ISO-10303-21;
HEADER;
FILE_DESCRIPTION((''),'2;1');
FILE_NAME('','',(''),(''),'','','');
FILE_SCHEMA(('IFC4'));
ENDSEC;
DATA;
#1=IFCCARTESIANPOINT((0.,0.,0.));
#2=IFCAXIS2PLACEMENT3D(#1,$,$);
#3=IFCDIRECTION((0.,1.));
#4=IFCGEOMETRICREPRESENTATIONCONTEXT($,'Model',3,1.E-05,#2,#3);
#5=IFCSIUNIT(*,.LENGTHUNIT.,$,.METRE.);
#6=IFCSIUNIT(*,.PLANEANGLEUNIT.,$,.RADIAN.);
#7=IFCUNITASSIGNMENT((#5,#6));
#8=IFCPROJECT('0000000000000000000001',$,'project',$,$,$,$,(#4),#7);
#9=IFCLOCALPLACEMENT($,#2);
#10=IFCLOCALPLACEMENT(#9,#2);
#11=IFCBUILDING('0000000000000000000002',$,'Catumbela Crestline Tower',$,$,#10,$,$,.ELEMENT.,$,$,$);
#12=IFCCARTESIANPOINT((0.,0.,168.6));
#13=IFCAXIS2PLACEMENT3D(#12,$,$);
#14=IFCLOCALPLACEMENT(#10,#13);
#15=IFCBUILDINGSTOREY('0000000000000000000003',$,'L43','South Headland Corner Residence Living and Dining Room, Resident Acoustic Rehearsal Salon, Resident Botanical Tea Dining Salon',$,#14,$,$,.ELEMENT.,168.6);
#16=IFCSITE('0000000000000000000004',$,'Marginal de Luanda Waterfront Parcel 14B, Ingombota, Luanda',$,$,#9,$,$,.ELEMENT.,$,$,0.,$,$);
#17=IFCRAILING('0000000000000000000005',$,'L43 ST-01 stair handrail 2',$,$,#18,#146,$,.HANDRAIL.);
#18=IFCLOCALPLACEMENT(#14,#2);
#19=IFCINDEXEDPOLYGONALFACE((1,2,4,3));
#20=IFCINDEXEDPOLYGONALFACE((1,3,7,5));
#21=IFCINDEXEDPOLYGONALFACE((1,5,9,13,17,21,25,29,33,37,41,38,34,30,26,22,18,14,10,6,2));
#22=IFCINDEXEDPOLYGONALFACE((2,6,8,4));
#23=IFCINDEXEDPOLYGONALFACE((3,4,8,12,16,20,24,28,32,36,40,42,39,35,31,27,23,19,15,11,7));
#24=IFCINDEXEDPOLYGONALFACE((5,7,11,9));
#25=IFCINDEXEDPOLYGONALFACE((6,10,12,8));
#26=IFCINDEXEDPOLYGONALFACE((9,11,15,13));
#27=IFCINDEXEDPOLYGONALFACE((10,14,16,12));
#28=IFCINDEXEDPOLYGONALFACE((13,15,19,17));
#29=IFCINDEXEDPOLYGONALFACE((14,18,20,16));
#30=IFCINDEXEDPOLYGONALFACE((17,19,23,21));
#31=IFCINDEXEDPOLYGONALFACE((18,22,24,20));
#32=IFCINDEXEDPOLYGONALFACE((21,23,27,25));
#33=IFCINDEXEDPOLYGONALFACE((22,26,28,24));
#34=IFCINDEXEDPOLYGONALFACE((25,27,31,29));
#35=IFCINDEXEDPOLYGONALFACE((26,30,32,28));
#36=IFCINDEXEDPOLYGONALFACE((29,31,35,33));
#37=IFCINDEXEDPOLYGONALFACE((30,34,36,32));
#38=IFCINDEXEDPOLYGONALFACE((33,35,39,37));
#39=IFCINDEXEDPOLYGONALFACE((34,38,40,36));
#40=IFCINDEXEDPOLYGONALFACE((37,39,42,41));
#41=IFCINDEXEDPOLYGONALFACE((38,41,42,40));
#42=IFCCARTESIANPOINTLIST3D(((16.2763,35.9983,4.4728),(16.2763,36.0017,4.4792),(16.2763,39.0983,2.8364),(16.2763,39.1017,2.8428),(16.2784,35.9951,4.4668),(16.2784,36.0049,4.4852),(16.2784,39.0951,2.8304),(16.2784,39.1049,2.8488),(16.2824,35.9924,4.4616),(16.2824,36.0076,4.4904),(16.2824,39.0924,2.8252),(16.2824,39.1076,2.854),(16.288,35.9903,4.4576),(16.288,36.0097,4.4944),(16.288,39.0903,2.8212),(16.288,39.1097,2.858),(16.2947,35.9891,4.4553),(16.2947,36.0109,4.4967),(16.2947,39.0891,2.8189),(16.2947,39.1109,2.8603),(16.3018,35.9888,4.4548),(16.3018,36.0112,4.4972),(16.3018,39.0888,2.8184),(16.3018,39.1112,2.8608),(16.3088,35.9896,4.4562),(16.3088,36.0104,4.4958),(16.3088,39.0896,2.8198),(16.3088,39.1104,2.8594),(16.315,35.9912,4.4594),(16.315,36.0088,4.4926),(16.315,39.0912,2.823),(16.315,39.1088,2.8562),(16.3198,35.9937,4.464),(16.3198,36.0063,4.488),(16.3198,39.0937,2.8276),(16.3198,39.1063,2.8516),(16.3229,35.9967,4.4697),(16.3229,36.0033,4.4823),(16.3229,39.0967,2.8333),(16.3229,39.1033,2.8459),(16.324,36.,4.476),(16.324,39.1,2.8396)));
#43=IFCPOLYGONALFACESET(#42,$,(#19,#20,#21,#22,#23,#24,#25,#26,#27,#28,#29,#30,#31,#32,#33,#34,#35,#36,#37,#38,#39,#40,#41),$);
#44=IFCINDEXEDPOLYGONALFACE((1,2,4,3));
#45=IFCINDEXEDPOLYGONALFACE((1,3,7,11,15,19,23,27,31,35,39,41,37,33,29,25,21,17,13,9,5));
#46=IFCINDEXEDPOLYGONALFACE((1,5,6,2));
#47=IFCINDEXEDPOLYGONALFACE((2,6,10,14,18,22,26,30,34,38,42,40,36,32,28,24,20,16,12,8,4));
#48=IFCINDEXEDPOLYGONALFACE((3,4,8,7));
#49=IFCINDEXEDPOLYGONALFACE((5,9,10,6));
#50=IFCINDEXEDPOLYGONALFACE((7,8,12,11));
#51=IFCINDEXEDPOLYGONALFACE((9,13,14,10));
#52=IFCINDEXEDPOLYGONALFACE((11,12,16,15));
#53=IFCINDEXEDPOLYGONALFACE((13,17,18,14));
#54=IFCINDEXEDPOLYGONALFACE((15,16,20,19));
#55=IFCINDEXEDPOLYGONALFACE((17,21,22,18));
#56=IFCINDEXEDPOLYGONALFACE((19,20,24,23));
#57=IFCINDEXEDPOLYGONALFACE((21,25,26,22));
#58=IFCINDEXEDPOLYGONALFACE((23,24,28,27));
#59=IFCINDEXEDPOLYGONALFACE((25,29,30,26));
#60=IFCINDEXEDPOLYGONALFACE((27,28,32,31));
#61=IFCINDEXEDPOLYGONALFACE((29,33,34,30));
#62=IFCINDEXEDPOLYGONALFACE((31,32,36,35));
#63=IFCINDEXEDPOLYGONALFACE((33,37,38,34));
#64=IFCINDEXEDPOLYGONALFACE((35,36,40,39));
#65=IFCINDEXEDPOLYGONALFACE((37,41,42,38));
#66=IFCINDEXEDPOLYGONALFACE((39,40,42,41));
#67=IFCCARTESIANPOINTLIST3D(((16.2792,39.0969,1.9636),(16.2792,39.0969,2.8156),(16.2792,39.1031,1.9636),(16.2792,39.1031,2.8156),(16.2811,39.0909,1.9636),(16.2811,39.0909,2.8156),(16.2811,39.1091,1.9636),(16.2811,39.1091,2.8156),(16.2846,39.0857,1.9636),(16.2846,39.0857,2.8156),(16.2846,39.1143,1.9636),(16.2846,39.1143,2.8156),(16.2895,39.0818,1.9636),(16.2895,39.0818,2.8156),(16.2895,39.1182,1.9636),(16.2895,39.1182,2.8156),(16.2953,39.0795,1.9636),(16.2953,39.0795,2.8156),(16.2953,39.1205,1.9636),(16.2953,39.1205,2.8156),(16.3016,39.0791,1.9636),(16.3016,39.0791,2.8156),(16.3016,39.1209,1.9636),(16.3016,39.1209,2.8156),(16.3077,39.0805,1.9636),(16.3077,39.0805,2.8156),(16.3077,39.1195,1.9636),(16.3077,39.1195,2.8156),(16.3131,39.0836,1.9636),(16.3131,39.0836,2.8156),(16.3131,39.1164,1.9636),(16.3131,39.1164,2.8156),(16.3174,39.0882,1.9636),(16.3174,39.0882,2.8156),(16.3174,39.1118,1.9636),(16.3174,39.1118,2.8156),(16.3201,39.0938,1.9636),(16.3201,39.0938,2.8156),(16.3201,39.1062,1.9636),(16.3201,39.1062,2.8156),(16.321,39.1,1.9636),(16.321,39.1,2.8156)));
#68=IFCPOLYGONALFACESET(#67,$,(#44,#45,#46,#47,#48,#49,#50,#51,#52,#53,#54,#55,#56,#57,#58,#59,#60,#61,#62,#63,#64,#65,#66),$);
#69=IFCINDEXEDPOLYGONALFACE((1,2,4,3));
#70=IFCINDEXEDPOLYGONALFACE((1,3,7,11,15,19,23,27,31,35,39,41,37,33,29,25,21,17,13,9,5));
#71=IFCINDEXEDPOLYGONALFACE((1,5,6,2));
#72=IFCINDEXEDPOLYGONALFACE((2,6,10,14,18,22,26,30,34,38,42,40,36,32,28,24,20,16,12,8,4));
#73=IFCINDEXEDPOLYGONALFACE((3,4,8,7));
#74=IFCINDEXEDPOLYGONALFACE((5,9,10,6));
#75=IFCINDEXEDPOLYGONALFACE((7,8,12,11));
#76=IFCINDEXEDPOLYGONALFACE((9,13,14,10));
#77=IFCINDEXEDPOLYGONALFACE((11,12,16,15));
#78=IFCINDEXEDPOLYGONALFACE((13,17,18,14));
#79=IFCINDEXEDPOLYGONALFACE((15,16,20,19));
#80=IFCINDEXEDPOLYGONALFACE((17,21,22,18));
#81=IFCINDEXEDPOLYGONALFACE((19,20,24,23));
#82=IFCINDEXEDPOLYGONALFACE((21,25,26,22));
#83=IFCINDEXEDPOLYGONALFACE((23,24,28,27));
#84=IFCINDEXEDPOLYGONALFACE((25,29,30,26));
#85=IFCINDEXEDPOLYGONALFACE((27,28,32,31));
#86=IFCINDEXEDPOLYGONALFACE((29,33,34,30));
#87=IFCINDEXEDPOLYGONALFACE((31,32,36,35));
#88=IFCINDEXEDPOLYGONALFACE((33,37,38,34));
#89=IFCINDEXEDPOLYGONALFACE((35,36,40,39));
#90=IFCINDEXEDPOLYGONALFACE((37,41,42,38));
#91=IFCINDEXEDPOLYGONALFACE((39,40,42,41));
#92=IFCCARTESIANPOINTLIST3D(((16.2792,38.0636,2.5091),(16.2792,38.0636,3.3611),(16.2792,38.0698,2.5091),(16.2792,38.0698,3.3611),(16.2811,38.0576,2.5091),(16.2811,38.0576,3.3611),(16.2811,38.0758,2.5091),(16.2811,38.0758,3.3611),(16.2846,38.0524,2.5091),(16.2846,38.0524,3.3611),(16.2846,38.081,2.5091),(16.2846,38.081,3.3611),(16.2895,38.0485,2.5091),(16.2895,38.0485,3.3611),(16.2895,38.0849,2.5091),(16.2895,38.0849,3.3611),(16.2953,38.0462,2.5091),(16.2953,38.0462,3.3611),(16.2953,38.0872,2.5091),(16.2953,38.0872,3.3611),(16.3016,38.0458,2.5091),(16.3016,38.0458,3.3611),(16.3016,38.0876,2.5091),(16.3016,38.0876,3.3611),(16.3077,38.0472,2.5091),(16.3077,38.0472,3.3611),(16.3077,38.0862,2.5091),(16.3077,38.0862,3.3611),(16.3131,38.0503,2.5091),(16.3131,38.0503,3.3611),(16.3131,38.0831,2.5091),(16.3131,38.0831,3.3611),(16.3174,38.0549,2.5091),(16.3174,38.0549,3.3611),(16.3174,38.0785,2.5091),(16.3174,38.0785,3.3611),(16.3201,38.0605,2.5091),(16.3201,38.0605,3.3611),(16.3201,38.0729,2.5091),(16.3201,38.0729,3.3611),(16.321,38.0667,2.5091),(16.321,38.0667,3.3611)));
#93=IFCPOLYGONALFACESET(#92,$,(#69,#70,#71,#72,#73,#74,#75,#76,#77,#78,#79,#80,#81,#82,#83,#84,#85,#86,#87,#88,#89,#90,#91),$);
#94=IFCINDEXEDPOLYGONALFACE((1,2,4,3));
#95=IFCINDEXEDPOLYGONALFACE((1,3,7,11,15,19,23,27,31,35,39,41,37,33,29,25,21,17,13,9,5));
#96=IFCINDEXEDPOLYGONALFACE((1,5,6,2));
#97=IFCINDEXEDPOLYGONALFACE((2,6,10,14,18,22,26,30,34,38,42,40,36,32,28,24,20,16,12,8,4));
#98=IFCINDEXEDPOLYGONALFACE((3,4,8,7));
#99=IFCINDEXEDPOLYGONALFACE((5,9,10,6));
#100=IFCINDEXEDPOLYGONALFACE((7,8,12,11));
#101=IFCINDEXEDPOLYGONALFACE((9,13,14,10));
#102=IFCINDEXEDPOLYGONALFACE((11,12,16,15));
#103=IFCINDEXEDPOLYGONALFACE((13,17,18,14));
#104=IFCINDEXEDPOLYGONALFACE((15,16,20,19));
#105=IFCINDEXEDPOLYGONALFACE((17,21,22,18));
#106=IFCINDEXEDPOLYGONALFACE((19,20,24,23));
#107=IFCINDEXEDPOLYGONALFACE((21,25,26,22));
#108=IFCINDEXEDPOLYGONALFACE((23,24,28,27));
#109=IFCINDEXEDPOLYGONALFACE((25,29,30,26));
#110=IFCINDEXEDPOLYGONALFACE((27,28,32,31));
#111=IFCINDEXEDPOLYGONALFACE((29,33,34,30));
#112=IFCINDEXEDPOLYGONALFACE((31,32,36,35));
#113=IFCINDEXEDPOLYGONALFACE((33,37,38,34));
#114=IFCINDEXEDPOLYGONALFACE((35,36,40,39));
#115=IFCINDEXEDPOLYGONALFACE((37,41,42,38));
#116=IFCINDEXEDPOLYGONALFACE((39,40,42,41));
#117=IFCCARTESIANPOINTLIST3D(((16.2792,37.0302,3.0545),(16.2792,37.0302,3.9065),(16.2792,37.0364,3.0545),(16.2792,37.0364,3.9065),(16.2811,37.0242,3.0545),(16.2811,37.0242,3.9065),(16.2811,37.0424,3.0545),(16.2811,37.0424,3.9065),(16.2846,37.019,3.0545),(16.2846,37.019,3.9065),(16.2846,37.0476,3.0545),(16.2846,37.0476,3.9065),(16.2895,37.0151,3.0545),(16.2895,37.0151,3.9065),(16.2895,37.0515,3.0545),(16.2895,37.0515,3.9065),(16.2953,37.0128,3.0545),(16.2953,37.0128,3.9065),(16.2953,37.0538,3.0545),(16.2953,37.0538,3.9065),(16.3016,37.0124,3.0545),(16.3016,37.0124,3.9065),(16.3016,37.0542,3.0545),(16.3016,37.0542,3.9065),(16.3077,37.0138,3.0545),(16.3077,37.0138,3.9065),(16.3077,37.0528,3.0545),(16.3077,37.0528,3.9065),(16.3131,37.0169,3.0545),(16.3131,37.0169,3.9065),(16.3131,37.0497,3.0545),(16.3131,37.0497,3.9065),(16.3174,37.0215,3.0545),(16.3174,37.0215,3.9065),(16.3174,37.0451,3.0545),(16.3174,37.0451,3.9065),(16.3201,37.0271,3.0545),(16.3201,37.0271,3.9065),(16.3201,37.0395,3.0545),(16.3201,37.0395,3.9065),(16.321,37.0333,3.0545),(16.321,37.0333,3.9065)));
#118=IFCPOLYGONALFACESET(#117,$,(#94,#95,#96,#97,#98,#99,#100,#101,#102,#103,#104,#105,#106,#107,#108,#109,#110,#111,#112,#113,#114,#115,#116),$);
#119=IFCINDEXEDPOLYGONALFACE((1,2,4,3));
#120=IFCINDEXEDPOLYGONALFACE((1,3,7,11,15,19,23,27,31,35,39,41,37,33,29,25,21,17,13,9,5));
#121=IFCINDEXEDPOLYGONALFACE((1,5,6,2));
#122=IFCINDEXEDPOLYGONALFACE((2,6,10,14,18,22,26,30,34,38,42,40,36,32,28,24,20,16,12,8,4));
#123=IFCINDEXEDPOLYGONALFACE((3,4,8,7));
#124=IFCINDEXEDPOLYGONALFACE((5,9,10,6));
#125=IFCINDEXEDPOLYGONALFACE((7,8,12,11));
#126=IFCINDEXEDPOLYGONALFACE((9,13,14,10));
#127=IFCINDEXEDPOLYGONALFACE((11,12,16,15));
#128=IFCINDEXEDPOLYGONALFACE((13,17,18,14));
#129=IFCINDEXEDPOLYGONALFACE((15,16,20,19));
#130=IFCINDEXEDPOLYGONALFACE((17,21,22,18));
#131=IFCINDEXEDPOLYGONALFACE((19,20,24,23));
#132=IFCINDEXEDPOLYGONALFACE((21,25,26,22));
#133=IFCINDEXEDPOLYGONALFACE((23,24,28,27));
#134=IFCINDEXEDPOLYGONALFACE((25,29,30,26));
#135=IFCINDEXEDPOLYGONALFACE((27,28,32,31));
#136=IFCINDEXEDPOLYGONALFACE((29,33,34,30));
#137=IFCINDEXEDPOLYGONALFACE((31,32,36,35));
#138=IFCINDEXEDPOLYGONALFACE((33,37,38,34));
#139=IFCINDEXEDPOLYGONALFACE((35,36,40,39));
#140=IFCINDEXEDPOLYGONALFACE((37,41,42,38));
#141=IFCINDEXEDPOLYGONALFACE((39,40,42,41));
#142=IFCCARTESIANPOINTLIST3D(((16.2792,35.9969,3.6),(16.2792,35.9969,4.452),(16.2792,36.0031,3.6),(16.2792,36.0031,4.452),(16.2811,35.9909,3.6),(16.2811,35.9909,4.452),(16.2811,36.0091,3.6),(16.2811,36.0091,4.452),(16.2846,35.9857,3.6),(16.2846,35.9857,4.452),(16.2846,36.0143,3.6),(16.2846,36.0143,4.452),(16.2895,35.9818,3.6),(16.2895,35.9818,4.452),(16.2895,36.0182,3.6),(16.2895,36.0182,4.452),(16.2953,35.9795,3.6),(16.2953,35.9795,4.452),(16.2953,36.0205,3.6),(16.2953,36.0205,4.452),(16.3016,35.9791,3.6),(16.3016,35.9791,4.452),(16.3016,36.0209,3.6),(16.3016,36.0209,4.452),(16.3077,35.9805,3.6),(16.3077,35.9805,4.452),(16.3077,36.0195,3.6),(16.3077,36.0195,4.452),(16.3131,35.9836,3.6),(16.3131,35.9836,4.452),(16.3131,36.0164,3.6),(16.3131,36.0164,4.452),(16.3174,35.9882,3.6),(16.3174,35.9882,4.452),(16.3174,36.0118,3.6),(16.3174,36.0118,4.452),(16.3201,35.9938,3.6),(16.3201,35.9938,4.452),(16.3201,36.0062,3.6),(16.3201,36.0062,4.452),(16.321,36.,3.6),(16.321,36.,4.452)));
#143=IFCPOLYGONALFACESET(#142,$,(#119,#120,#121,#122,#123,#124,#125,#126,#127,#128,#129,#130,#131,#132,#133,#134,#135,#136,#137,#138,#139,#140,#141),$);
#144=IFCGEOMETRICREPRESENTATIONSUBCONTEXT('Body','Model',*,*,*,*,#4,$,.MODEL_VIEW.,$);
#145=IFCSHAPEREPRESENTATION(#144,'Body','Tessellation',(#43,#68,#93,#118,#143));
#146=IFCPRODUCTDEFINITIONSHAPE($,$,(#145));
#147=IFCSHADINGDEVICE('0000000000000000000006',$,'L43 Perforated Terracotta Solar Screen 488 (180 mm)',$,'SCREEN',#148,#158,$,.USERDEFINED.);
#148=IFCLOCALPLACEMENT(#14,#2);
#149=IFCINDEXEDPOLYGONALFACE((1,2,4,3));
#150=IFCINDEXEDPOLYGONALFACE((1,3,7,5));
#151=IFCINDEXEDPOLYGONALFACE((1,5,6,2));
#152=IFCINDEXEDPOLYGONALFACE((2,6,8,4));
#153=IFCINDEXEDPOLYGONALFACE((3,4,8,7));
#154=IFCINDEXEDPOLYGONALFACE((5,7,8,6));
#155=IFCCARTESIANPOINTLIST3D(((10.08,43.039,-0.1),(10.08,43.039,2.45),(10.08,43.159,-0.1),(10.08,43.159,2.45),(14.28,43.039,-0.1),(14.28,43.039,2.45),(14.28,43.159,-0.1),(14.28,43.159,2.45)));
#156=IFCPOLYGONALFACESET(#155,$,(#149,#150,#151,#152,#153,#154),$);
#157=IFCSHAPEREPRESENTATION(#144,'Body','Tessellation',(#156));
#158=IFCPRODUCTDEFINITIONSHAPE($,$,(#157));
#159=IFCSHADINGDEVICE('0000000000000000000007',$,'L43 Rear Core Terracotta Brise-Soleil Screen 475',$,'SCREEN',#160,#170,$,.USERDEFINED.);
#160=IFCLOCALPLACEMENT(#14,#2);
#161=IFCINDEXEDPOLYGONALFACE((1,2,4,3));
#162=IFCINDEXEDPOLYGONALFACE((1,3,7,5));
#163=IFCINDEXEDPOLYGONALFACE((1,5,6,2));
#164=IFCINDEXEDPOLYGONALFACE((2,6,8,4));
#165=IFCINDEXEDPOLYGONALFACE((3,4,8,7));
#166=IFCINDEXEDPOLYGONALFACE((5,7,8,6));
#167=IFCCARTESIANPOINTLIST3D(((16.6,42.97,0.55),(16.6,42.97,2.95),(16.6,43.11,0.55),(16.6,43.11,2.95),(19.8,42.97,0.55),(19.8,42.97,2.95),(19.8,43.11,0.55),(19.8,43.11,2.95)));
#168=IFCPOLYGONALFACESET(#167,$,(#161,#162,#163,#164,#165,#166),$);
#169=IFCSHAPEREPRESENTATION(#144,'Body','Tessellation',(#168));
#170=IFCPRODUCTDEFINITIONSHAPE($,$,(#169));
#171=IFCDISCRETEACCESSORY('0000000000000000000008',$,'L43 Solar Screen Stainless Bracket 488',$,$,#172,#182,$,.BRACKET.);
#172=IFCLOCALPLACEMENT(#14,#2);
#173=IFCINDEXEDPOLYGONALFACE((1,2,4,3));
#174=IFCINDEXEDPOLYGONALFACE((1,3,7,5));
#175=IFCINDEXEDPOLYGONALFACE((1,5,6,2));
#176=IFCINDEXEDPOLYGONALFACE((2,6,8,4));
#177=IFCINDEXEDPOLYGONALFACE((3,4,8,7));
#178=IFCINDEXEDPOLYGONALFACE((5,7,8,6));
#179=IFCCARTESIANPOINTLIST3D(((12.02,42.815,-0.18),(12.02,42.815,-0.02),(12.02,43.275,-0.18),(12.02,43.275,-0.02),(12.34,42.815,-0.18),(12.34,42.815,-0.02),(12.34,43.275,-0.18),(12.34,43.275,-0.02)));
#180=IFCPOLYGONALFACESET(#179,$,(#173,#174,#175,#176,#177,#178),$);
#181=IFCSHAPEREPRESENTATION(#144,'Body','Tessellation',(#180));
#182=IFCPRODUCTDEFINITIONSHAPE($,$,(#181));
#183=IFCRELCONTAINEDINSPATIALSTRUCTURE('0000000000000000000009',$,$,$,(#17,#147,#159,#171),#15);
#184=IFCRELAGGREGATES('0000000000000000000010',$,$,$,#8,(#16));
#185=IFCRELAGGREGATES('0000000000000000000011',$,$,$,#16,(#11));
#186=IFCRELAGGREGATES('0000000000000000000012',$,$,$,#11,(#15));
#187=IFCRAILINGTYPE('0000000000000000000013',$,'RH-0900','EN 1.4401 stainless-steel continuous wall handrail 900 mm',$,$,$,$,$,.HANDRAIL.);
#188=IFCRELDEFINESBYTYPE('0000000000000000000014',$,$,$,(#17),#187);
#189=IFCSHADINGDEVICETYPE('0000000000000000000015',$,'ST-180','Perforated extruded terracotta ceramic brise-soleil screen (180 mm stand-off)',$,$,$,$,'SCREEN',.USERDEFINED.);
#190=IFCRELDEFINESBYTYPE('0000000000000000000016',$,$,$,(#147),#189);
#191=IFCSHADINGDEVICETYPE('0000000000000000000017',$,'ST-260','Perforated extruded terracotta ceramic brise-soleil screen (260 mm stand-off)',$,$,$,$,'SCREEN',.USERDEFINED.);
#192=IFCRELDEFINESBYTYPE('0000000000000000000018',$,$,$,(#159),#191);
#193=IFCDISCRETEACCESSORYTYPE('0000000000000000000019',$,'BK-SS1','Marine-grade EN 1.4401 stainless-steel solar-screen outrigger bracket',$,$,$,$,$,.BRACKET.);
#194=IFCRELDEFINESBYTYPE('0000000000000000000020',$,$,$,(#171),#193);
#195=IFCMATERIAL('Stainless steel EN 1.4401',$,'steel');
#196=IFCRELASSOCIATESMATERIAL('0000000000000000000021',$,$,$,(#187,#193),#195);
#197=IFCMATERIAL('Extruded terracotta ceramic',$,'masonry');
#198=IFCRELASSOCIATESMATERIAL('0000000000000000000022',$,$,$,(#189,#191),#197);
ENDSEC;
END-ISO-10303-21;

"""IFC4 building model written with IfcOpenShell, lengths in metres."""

from ifc_helpers import new_model, si_unit, direction, frame, origin, origin_2d, place, context, subcontext, project, spatial, rectangle, circle, extrude, material, type_object, element, save


model = new_model("IFC4")

# Units and contexts
model_context = context("Model", 3, precision=1e-05, world=origin(), true_north=direction((0.0, 1.0)))
body_context = subcontext(model_context, "Body", "Model", "MODEL_VIEW")
ifc_project = project(units=[si_unit("LENGTHUNIT", "METRE"), si_unit("PLANEANGLEUNIT", "RADIAN")], contexts=[model_context])

# Site, building, storey
site_placement = place(None, origin())
site = spatial("IfcSite", under=ifc_project, at=site_placement, Name="Marginal de Luanda Waterfront Parcel 14B, Ingombota, Luanda", CompositionType="ELEMENT", RefElevation=0.0)
building_placement = place(site_placement, origin())
building = spatial("IfcBuilding", under=site, at=building_placement, Name="Catumbela Crestline Tower", CompositionType="ELEMENT")
storey_placement = place(building_placement, frame((0.0, 0.0, 168.6)))
storey = spatial("IfcBuildingStorey", under=building, at=storey_placement, Name="L43", Description="South Headland Corner Residence Living and Dining Room, Resident Acoustic Rehearsal Salon, Resident Botanical Tea Dining Salon", CompositionType="ELEMENT", Elevation=168.6)

# Shared definitions
ifc_material_1 = material(Name="Stainless steel EN 1.4401", Category="steel")

# Railing
railing_type_1 = type_object("IfcRailingType", Name="RH-0900", Description="EN 1.4401 stainless-steel continuous wall handrail 900 mm", PredefinedType="HANDRAIL", material=ifc_material_1)
railing_1_placement = place(storey_placement, frame((16.3, 39.1, 1.9636)))
element("IfcRailing", 1, at=railing_1_placement, inside=storey, type_object=railing_type_1, Name="L43 ST-01 stair handrail 2", PredefinedType="HANDRAIL", context=body_context, shape_type="SweptSolid", body=[
    extrude(circle(Radius=0.024, at=origin_2d()), frame((0.0, 0.0, 0.876), z_axis=(0.0, -0.884351, 0.466823), x_axis=(1.0, 0.0, 0.0)), (0.0, 0.0, 1.0), 3.5054),
    extrude(circle(Radius=0.021, at=origin_2d()), origin(), (0.0, 0.0, 1.0), 0.852),
    extrude(circle(Radius=0.021, at=origin_2d()), frame((0.0, -1.0333, 0.5455)), (0.0, 0.0, 1.0), 0.852),
    extrude(circle(Radius=0.021, at=origin_2d()), frame((0.0, -2.0667, 1.0909)), (0.0, 0.0, 1.0), 0.852),
    extrude(circle(Radius=0.021, at=origin_2d()), frame((0.0, -3.1, 1.6364)), (0.0, 0.0, 1.0), 0.852),
])

# Shading devices
ifc_material_2 = material(Name="Extruded terracotta ceramic", Category="masonry")
shading_device_type_1 = type_object("IfcShadingDeviceType", Name="ST-180", Description="Perforated extruded terracotta ceramic brise-soleil screen (180 mm stand-off)", ElementType="SCREEN", PredefinedType="USERDEFINED", material=ifc_material_2)
shading_device_1_placement = place(storey_placement, frame((12.18, 43.099, -0.1), z_axis=(0.0, 0.0, 1.0), x_axis=(-1.0, 0.0, 0.0)))
element("IfcShadingDevice", 2, at=shading_device_1_placement, inside=storey, type_object=shading_device_type_1, Name="L43 Perforated Terracotta Solar Screen 488 (180 mm)", ObjectType="SCREEN", PredefinedType="USERDEFINED", context=body_context, shape_type="SweptSolid", body=[
    extrude(rectangle(XDim=4.2, YDim=0.12, at=origin_2d()), origin(), (0.0, 0.0, 1.0), 2.55),
])
shading_device_type_2 = type_object("IfcShadingDeviceType", Name="ST-260", Description="Perforated extruded terracotta ceramic brise-soleil screen (260 mm stand-off)", ElementType="SCREEN", PredefinedType="USERDEFINED", material=ifc_material_2)
shading_device_2_placement = place(storey_placement, frame((18.2, 43.04, 0.55), z_axis=(0.0, 0.0, 1.0), x_axis=(1.0, 0.0, 0.0)))
element("IfcShadingDevice", 3, at=shading_device_2_placement, inside=storey, type_object=shading_device_type_2, Name="L43 Rear Core Terracotta Brise-Soleil Screen 475", ObjectType="SCREEN", PredefinedType="USERDEFINED", context=body_context, shape_type="SweptSolid", body=[
    extrude(rectangle(XDim=3.2, YDim=0.14, at=origin_2d()), origin(), (0.0, 0.0, 1.0), 2.4),
])

# Discrete accessory
discrete_accessory_type = type_object("IfcDiscreteAccessoryType", Name="BK-SS1", Description="Marine-grade EN 1.4401 stainless-steel solar-screen outrigger bracket", PredefinedType="BRACKET", material=ifc_material_1)
discrete_accessory_placement = place(storey_placement, frame((12.18, 43.045, -0.18), z_axis=(0.0, 0.0, 1.0), x_axis=(-1.0, 0.0, 0.0)))
element("IfcDiscreteAccessory", 4, at=discrete_accessory_placement, inside=storey, type_object=discrete_accessory_type, Name="L43 Solar Screen Stainless Bracket 488", PredefinedType="BRACKET", context=body_context, shape_type="SweptSolid", body=[
    extrude(rectangle(XDim=0.32, YDim=0.46, at=origin_2d()), origin(), (0.0, 0.0, 1.0), 0.16),
])

save(model, "model.ifc")
